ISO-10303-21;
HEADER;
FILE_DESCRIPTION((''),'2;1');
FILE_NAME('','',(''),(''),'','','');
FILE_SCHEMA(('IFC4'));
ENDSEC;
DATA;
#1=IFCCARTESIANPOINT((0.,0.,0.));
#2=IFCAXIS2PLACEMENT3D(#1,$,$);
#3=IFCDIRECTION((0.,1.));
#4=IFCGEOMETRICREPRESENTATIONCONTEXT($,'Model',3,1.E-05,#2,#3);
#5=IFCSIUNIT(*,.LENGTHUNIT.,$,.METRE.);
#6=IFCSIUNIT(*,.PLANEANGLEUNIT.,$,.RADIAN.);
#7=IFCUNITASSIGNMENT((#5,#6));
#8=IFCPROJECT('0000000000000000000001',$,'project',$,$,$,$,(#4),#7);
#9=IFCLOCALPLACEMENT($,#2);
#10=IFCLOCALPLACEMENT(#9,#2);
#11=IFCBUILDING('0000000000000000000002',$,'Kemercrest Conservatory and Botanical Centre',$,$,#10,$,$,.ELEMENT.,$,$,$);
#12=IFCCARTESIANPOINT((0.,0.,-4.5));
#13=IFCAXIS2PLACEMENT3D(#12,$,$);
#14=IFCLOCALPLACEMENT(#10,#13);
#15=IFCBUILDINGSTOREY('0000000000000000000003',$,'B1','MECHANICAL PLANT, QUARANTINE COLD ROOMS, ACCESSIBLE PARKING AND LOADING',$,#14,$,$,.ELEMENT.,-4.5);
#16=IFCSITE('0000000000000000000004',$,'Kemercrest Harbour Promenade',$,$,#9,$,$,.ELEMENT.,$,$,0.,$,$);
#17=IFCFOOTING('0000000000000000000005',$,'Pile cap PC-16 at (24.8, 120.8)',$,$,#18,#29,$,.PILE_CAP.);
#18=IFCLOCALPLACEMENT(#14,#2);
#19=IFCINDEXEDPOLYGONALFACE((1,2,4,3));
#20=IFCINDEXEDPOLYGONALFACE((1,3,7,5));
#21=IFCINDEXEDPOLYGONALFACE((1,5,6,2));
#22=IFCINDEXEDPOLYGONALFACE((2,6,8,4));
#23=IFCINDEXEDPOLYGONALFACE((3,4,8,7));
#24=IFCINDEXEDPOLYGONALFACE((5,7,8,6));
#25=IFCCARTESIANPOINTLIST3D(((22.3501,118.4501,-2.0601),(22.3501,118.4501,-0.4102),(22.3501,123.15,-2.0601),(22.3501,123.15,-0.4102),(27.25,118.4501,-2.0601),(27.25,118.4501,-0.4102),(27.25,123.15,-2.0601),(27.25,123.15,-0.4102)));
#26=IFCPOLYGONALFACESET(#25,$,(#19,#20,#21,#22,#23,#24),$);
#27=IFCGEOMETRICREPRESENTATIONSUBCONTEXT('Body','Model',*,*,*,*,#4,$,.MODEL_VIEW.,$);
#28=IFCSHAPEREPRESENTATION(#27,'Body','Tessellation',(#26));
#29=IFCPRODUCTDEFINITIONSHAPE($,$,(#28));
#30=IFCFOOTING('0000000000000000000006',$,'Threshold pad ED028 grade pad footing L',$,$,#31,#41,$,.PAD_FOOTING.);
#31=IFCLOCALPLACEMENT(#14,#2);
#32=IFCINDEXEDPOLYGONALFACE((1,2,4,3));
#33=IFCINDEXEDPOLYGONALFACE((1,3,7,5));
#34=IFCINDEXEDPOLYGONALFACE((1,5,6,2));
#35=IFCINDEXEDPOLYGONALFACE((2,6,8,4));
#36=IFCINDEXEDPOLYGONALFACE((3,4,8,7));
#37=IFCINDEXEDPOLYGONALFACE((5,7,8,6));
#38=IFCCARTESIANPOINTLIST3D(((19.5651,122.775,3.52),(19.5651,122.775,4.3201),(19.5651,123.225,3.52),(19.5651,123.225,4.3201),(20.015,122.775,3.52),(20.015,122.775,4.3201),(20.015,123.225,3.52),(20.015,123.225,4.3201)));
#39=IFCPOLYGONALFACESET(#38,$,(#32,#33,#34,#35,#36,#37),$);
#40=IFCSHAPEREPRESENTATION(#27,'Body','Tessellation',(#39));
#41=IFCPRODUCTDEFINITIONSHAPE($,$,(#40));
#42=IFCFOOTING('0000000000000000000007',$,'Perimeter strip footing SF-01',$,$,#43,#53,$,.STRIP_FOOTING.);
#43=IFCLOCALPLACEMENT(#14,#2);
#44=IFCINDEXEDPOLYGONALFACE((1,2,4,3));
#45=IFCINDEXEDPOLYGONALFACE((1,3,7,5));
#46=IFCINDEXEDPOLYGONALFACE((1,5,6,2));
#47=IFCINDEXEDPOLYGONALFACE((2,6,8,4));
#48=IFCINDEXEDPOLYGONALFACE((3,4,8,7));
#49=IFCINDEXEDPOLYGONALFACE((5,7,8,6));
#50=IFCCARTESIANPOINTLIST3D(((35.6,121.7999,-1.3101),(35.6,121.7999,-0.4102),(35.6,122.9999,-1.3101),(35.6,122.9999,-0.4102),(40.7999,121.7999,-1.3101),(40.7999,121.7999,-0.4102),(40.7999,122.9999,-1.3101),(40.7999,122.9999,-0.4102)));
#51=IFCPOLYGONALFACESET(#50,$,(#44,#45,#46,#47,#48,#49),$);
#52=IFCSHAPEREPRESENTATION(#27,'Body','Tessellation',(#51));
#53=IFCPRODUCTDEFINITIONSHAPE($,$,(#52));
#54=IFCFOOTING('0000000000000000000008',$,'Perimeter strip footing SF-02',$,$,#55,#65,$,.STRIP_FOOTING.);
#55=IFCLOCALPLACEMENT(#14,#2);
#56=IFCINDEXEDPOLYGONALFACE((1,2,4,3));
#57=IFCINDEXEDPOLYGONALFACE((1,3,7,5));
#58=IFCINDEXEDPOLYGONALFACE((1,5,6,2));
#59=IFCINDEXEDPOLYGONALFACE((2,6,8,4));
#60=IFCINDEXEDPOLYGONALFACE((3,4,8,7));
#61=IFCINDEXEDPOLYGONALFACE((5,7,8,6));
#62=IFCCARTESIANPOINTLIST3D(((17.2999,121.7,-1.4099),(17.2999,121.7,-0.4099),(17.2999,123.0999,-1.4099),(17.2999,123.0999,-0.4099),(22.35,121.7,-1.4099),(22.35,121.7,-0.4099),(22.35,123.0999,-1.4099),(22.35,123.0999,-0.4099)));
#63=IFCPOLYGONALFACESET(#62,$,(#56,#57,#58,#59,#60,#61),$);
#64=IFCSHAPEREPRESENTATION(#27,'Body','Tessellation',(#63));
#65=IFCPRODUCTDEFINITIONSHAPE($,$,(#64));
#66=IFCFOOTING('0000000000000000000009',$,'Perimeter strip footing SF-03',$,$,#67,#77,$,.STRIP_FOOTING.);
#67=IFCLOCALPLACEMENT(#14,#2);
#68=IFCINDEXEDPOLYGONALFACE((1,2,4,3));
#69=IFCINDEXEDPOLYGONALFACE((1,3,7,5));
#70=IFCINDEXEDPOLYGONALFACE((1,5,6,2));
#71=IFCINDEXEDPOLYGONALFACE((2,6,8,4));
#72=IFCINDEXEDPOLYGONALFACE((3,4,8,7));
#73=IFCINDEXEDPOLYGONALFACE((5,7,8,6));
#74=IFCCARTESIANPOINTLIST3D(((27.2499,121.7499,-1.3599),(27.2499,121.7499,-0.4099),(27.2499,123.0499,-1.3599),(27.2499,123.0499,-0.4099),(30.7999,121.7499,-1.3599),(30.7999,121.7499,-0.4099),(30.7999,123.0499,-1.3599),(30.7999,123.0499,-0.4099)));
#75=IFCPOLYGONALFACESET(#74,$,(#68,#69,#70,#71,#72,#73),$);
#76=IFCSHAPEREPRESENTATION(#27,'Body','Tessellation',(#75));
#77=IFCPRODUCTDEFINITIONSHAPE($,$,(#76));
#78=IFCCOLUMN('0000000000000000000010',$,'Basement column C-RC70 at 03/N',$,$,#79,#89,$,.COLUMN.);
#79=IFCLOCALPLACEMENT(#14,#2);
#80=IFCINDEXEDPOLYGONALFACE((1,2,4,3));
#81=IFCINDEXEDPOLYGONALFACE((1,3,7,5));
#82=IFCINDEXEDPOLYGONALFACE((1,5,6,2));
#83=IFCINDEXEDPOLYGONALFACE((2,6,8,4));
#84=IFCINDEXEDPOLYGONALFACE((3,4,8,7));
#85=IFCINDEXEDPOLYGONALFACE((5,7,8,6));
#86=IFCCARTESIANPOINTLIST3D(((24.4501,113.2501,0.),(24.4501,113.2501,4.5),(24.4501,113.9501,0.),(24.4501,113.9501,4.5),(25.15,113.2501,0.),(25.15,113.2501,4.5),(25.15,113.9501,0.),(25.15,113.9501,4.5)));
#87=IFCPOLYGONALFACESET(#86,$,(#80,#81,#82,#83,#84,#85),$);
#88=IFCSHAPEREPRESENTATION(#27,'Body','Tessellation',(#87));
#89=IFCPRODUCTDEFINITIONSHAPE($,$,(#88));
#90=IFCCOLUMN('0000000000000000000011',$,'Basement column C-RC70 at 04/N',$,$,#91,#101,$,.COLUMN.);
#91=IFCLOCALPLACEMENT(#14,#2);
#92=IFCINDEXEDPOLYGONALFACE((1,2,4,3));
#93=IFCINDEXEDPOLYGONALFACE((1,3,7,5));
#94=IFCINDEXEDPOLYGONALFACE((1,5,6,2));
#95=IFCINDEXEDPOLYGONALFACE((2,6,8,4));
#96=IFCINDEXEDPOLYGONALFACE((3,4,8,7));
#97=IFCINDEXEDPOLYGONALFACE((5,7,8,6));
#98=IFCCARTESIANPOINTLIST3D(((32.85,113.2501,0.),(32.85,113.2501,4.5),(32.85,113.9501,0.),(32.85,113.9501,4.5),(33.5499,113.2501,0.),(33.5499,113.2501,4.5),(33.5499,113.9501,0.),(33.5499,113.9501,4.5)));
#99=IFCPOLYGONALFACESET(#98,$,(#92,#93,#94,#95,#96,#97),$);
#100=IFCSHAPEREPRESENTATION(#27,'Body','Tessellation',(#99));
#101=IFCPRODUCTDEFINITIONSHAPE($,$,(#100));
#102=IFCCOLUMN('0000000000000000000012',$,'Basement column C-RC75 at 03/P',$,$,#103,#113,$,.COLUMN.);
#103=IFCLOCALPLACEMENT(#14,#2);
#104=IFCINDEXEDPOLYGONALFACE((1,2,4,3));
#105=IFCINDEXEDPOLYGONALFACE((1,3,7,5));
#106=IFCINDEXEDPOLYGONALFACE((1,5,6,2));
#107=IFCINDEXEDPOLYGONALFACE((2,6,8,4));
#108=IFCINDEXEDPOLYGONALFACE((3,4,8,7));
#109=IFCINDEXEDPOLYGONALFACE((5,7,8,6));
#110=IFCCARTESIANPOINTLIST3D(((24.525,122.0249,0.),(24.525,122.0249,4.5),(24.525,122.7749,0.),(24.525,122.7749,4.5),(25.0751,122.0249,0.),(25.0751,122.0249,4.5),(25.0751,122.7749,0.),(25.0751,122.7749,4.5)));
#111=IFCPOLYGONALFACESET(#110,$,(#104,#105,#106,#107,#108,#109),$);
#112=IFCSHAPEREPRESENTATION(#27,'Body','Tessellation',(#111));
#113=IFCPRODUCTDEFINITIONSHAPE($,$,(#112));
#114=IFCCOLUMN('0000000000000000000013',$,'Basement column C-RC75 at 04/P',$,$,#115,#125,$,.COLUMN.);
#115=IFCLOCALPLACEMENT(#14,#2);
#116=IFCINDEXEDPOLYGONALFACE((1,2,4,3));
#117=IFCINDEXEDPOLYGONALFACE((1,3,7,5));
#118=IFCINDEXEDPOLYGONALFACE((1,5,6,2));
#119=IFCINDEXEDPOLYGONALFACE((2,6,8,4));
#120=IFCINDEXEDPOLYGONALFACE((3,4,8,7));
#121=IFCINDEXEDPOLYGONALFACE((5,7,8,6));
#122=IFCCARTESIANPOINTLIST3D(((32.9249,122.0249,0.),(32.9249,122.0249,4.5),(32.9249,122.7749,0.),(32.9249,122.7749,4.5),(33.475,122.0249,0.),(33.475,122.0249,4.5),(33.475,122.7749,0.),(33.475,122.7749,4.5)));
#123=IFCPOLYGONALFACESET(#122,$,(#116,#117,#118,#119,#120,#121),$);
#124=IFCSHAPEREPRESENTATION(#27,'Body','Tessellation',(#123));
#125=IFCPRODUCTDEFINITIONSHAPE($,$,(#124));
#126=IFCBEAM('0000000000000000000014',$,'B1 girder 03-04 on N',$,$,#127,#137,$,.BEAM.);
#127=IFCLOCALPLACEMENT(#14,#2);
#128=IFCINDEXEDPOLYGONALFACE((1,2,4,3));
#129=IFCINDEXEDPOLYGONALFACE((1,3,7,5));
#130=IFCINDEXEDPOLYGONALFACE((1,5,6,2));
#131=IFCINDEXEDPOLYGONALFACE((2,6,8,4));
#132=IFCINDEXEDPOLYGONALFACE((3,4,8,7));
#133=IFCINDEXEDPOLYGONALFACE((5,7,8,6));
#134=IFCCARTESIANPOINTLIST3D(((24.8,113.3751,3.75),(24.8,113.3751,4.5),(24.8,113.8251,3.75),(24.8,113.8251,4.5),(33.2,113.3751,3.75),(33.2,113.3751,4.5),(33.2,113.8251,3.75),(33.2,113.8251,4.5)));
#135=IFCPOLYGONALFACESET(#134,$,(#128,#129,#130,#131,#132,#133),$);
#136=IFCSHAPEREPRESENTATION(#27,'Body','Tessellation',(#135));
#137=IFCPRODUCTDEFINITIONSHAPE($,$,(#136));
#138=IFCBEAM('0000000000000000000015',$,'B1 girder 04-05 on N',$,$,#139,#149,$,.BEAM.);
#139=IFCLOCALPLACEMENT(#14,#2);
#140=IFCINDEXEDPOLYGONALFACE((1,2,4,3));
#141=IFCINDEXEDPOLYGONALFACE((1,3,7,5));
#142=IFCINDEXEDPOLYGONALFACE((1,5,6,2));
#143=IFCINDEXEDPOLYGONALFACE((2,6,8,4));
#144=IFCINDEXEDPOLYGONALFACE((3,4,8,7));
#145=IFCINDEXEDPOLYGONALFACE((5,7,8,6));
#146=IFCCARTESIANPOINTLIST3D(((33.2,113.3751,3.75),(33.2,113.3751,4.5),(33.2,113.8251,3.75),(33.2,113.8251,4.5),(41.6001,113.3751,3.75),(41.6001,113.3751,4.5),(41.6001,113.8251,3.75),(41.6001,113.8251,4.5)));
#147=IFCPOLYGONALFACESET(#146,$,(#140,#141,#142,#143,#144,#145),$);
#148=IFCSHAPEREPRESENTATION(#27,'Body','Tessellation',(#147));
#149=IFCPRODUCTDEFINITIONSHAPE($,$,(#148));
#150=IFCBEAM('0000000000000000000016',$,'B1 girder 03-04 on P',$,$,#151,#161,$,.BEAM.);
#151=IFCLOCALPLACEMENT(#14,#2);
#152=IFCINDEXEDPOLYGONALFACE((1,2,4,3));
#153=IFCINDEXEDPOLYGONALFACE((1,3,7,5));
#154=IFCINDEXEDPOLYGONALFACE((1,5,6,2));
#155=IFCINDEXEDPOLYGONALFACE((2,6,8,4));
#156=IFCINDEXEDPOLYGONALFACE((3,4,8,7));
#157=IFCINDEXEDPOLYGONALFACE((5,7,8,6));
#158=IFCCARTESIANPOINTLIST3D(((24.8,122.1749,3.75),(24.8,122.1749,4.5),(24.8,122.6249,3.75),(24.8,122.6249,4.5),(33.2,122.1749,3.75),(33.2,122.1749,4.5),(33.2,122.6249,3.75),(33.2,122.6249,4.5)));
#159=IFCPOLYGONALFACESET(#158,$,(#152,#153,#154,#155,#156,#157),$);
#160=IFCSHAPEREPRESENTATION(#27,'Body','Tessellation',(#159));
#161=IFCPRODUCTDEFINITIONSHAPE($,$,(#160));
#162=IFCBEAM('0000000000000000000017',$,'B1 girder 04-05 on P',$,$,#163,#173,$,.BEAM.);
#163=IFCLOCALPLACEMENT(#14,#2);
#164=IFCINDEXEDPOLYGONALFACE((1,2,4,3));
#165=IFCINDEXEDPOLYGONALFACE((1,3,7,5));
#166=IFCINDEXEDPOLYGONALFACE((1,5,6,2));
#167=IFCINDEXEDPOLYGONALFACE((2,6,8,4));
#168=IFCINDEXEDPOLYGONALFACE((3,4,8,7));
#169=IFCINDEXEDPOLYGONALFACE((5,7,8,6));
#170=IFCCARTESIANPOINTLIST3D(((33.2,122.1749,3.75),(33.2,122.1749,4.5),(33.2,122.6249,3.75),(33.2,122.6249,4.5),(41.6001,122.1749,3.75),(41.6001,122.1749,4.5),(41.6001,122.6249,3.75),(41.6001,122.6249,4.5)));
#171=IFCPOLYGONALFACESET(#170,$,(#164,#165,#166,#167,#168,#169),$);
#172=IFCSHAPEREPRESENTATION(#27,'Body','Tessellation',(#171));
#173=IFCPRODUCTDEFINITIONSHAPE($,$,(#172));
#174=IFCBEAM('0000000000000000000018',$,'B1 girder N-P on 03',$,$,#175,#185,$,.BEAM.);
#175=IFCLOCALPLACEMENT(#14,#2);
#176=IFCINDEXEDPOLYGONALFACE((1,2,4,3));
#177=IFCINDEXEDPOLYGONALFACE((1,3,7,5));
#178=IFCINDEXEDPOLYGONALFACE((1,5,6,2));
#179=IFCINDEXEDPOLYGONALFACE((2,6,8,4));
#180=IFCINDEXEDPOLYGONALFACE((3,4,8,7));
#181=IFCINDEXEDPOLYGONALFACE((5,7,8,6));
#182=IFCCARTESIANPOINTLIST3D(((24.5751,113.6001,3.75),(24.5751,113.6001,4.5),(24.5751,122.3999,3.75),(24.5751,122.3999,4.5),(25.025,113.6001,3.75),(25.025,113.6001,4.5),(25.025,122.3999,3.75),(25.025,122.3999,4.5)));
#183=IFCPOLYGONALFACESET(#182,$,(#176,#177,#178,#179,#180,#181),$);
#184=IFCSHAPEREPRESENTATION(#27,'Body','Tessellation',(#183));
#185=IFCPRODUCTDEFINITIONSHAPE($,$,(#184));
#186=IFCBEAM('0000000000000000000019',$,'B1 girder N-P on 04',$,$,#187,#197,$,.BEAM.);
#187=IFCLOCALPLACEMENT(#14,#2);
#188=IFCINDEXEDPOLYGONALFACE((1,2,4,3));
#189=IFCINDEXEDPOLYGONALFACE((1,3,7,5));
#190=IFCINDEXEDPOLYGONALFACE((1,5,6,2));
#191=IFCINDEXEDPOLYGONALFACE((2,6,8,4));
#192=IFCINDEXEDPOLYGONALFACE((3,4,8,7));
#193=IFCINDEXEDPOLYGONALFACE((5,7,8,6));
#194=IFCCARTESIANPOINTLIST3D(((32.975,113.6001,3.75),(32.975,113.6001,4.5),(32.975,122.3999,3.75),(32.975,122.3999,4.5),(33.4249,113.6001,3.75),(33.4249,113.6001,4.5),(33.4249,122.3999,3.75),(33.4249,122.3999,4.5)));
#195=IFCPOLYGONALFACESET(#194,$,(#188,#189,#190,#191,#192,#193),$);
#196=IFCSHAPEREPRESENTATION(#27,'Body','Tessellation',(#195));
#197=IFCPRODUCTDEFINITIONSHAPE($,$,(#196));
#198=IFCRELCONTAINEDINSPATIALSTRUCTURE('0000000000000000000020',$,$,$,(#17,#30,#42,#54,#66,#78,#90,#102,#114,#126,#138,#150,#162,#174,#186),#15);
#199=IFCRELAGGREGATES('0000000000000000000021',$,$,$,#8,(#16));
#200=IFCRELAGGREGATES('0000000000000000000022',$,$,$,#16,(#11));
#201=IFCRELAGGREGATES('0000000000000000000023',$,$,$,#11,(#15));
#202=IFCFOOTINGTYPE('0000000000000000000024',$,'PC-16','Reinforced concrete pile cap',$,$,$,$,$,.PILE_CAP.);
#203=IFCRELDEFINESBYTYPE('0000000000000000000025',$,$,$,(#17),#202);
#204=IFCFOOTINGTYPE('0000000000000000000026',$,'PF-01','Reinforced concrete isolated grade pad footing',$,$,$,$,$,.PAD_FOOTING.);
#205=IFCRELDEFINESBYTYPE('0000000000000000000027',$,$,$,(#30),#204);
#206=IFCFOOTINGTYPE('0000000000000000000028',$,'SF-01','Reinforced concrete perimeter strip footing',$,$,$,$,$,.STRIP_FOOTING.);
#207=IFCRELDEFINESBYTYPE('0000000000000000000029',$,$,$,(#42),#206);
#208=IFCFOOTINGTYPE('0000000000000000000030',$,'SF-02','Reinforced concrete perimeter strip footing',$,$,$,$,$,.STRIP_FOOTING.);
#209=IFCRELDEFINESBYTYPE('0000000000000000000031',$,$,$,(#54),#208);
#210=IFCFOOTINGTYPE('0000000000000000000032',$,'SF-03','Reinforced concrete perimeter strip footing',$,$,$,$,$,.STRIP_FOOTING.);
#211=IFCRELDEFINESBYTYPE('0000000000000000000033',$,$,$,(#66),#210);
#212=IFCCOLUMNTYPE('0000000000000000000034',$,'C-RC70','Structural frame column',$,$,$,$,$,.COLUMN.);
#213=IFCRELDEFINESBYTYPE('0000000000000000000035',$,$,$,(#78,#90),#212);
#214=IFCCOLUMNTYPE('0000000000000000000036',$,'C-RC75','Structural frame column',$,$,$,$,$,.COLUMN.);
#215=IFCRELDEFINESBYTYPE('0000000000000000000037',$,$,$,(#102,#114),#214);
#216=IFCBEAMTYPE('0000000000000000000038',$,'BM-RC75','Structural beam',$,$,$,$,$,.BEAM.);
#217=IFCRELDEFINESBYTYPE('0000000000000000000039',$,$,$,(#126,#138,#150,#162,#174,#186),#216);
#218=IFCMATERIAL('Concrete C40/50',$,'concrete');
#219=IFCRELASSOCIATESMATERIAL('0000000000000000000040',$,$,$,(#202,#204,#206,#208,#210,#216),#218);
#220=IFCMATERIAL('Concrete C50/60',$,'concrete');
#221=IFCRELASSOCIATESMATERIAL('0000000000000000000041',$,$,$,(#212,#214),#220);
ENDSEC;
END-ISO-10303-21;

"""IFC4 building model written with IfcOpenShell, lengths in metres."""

from ifc_helpers import new_model, si_unit, direction, frame, origin, origin_2d, place, context, subcontext, project, spatial, rectangle, extrude, material, material_profile, profile_set, type_object, element, save


model = new_model("IFC4")

# Units and contexts
model_context = context("Model", 3, precision=1e-05, world=origin(), true_north=direction((0.0, 1.0)))
body_context = subcontext(model_context, "Body", "Model", "MODEL_VIEW")
ifc_project = project(units=[si_unit("LENGTHUNIT", "METRE"), si_unit("PLANEANGLEUNIT", "RADIAN")], contexts=[model_context])

# Site, building, storey
site_placement = place(None, origin())
site = spatial("IfcSite", under=ifc_project, at=site_placement, Name="Kemercrest Harbour Promenade", CompositionType="ELEMENT", RefElevation=0.0)
building_placement = place(site_placement, origin())
building = spatial("IfcBuilding", under=site, at=building_placement, Name="Kemercrest Conservatory and Botanical Centre", CompositionType="ELEMENT")
storey_placement = place(building_placement, frame((0.0, 0.0, -4.5)))
storey = spatial("IfcBuildingStorey", under=building, at=storey_placement, Name="B1", Description="MECHANICAL PLANT, QUARANTINE COLD ROOMS, ACCESSIBLE PARKING AND LOADING", CompositionType="ELEMENT", Elevation=-4.5)

# Shared definitions
ifc_material_1 = material(Name="Concrete C40/50", Category="concrete")

# Footings
footing_type_1 = type_object("IfcFootingType", Name="PC-16", Description="Reinforced concrete pile cap", PredefinedType="PILE_CAP", material=ifc_material_1)
footing_1_placement = place(storey_placement, frame((24.8, 120.8, -2.0601), z_axis=(0.0, 0.0, 1.0), x_axis=(1.0, 0.0, 0.0)))
element("IfcFooting", 1, at=footing_1_placement, inside=storey, type_object=footing_type_1, Name="Pile cap PC-16 at (24.8, 120.8)", PredefinedType="PILE_CAP", context=body_context, shape_type="SweptSolid", body=[
    extrude(rectangle(XDim=4.8999, YDim=4.7, at=origin_2d()), origin(), (0.0, 0.0, 1.0), 1.6499),
])
footing_type_2 = type_object("IfcFootingType", Name="PF-01", Description="Reinforced concrete isolated grade pad footing", PredefinedType="PAD_FOOTING", material=ifc_material_1)
footing_2_placement = place(storey_placement, frame((19.79, 123.0, 3.52), z_axis=(0.0, 0.0, 1.0), x_axis=(-1.0, 0.0, 0.0)))
element("IfcFooting", 2, at=footing_2_placement, inside=storey, type_object=footing_type_2, Name="Threshold pad ED028 grade pad footing L", PredefinedType="PAD_FOOTING", context=body_context, shape_type="SweptSolid", body=[
    extrude(rectangle(XDim=0.45, YDim=0.45, at=origin_2d()), origin(), (0.0, 0.0, 1.0), 0.8),
])
footing_type_3 = type_object("IfcFootingType", Name="SF-01", Description="Reinforced concrete perimeter strip footing", PredefinedType="STRIP_FOOTING", material=ifc_material_1)
footing_3_placement = place(storey_placement, frame((38.2, 122.3999, -1.3101), z_axis=(0.0, 0.0, 1.0), x_axis=(1.0, 0.0, 0.0)))
element("IfcFooting", 3, at=footing_3_placement, inside=storey, type_object=footing_type_3, Name="Perimeter strip footing SF-01", PredefinedType="STRIP_FOOTING", context=body_context, shape_type="SweptSolid", body=[
    extrude(rectangle(XDim=5.2, YDim=1.2, at=origin_2d()), origin(), (0.0, 0.0, 1.0), 0.8999),
])
footing_type_4 = type_object("IfcFootingType", Name="SF-02", Description="Reinforced concrete perimeter strip footing", PredefinedType="STRIP_FOOTING", material=ifc_material_1)
footing_4_placement = place(storey_placement, frame((19.825, 122.3999, -1.4099), z_axis=(0.0, 0.0, 1.0), x_axis=(1.0, 0.0, 0.0)))
element("IfcFooting", 4, at=footing_4_placement, inside=storey, type_object=footing_type_4, Name="Perimeter strip footing SF-02", PredefinedType="STRIP_FOOTING", context=body_context, shape_type="SweptSolid", body=[
    extrude(rectangle(XDim=5.05, YDim=1.3999, at=origin_2d()), origin(), (0.0, 0.0, 1.0), 1.0),
])
footing_type_5 = type_object("IfcFootingType", Name="SF-03", Description="Reinforced concrete perimeter strip footing", PredefinedType="STRIP_FOOTING", material=ifc_material_1)
footing_5_placement = place(storey_placement, frame((29.0249, 122.3999, -1.3599), z_axis=(0.0, 0.0, 1.0), x_axis=(1.0, 0.0, 0.0)))
element("IfcFooting", 5, at=footing_5_placement, inside=storey, type_object=footing_type_5, Name="Perimeter strip footing SF-03", PredefinedType="STRIP_FOOTING", context=body_context, shape_type="SweptSolid", body=[
    extrude(rectangle(XDim=3.55, YDim=1.3, at=origin_2d()), origin(), (0.0, 0.0, 1.0), 0.95),
])

# Columns
ifc_material_2 = material(Name="Concrete C50/60", Category="concrete")
ifc_material_profile_1 = material_profile(ifc_material_2, rectangle(XDim=0.7, YDim=0.7, at=origin_2d()), Name="RC 700x700")
ifc_profile_set_1 = profile_set([ifc_material_profile_1], Name="Concrete C50/60")
column_type_1 = type_object("IfcColumnType", Name="C-RC70", Description="Structural frame column", PredefinedType="COLUMN", material=ifc_profile_set_1)
for number, where, z_axis, x_axis, name in (
    (6, (24.8, 113.6001, 0.0), (0.0, 0.0, 1.0), (1.0, 0.0, 0.0), "Basement column C-RC70 at 03/N"),
    (7, (33.2, 113.6001, 0.0), (0.0, 0.0, 1.0), (1.0, 0.0, 0.0), "Basement column C-RC70 at 04/N"),
):
    element("IfcColumn", number, at=place(storey_placement, frame(where, z_axis=z_axis, x_axis=x_axis)), inside=storey, type_object=column_type_1, Name=name, PredefinedType="COLUMN", context=body_context, shape_type="SweptSolid", body=[
        extrude(rectangle(XDim=0.7, YDim=0.7, at=origin_2d()), origin(), (0.0, 0.0, 1.0), 4.5),
    ])
ifc_material_profile_2 = material_profile(ifc_material_2, rectangle(XDim=0.55, YDim=0.75, at=origin_2d()), Name="RC 750x550")
ifc_profile_set_2 = profile_set([ifc_material_profile_2], Name="Concrete C50/60")
column_type_2 = type_object("IfcColumnType", Name="C-RC75", Description="Structural frame column", PredefinedType="COLUMN", material=ifc_profile_set_2)
for number, where, z_axis, x_axis, name in (
    (8, (24.8, 122.3999, 0.0), (0.0, 0.0, 1.0), (1.0, 0.0, 0.0), "Basement column C-RC75 at 03/P"),
    (9, (33.2, 122.3999, 0.0), (0.0, 0.0, 1.0), (1.0, 0.0, 0.0), "Basement column C-RC75 at 04/P"),
):
    element("IfcColumn", number, at=place(storey_placement, frame(where, z_axis=z_axis, x_axis=x_axis)), inside=storey, type_object=column_type_2, Name=name, PredefinedType="COLUMN", context=body_context, shape_type="SweptSolid", body=[
        extrude(rectangle(XDim=0.55, YDim=0.75, at=origin_2d()), origin(), (0.0, 0.0, 1.0), 4.5),
    ])

# Beams
ifc_material_profile_3 = material_profile(ifc_material_1, rectangle(XDim=0.45, YDim=0.75, at=origin_2d()), Name="RC 450x750")
ifc_profile_set_3 = profile_set([ifc_material_profile_3], Name="Concrete C40/50")
beam_type = type_object("IfcBeamType", Name="BM-RC75", Description="Structural beam", PredefinedType="BEAM", material=ifc_profile_set_3)
beam_1_placement = place(storey_placement, frame((24.8, 113.6001, 4.125), z_axis=(1.0, 0.0, 0.0), x_axis=(0.0, 1.0, 0.0)))
element("IfcBeam", 10, at=beam_1_placement, inside=storey, type_object=beam_type, Name="B1 girder 03-04 on N", PredefinedType="BEAM", context=body_context, shape_type="SweptSolid", body=[
    extrude(rectangle(XDim=0.45, YDim=0.75, at=origin_2d()), origin(), (0.0, 0.0, 1.0), 8.3999),
])
beam_2_placement = place(storey_placement, frame((33.2, 113.6001, 4.125), z_axis=(1.0, 0.0, 0.0), x_axis=(0.0, 1.0, 0.0)))
element("IfcBeam", 11, at=beam_2_placement, inside=storey, type_object=beam_type, Name="B1 girder 04-05 on N", PredefinedType="BEAM", context=body_context, shape_type="SweptSolid", body=[
    extrude(rectangle(XDim=0.45, YDim=0.75, at=origin_2d()), origin(), (0.0, 0.0, 1.0), 8.4001),
])
beam_3_placement = place(storey_placement, frame((24.8, 122.3999, 4.125), z_axis=(1.0, 0.0, 0.0), x_axis=(0.0, 1.0, 0.0)))
element("IfcBeam", 12, at=beam_3_placement, inside=storey, type_object=beam_type, Name="B1 girder 03-04 on P", PredefinedType="BEAM", context=body_context, shape_type="SweptSolid", body=[
    extrude(rectangle(XDim=0.45, YDim=0.75, at=origin_2d()), origin(), (0.0, 0.0, 1.0), 8.3999),
])
beam_4_placement = place(storey_placement, frame((33.2, 122.3999, 4.125), z_axis=(1.0, 0.0, 0.0), x_axis=(0.0, 1.0, 0.0)))
element("IfcBeam", 13, at=beam_4_placement, inside=storey, type_object=beam_type, Name="B1 girder 04-05 on P", PredefinedType="BEAM", context=body_context, shape_type="SweptSolid", body=[
    extrude(rectangle(XDim=0.45, YDim=0.75, at=origin_2d()), origin(), (0.0, 0.0, 1.0), 8.4001),
])
for number, where, z_axis, x_axis, name in (
    (14, (24.8, 113.6001, 4.125), (0.0, 1.0, 0.0), (-1.0, 0.0, 0.0), "B1 girder N-P on 03"),
    (15, (33.2, 113.6001, 4.125), (0.0, 1.0, 0.0), (-1.0, 0.0, 0.0), "B1 girder N-P on 04"),
):
    element("IfcBeam", number, at=place(storey_placement, frame(where, z_axis=z_axis, x_axis=x_axis)), inside=storey, type_object=beam_type, Name=name, PredefinedType="BEAM", context=body_context, shape_type="SweptSolid", body=[
        extrude(rectangle(XDim=0.45, YDim=0.75, at=origin_2d()), origin(), (0.0, 0.0, 1.0), 8.7998),
    ])

save(model, "model.ifc")
